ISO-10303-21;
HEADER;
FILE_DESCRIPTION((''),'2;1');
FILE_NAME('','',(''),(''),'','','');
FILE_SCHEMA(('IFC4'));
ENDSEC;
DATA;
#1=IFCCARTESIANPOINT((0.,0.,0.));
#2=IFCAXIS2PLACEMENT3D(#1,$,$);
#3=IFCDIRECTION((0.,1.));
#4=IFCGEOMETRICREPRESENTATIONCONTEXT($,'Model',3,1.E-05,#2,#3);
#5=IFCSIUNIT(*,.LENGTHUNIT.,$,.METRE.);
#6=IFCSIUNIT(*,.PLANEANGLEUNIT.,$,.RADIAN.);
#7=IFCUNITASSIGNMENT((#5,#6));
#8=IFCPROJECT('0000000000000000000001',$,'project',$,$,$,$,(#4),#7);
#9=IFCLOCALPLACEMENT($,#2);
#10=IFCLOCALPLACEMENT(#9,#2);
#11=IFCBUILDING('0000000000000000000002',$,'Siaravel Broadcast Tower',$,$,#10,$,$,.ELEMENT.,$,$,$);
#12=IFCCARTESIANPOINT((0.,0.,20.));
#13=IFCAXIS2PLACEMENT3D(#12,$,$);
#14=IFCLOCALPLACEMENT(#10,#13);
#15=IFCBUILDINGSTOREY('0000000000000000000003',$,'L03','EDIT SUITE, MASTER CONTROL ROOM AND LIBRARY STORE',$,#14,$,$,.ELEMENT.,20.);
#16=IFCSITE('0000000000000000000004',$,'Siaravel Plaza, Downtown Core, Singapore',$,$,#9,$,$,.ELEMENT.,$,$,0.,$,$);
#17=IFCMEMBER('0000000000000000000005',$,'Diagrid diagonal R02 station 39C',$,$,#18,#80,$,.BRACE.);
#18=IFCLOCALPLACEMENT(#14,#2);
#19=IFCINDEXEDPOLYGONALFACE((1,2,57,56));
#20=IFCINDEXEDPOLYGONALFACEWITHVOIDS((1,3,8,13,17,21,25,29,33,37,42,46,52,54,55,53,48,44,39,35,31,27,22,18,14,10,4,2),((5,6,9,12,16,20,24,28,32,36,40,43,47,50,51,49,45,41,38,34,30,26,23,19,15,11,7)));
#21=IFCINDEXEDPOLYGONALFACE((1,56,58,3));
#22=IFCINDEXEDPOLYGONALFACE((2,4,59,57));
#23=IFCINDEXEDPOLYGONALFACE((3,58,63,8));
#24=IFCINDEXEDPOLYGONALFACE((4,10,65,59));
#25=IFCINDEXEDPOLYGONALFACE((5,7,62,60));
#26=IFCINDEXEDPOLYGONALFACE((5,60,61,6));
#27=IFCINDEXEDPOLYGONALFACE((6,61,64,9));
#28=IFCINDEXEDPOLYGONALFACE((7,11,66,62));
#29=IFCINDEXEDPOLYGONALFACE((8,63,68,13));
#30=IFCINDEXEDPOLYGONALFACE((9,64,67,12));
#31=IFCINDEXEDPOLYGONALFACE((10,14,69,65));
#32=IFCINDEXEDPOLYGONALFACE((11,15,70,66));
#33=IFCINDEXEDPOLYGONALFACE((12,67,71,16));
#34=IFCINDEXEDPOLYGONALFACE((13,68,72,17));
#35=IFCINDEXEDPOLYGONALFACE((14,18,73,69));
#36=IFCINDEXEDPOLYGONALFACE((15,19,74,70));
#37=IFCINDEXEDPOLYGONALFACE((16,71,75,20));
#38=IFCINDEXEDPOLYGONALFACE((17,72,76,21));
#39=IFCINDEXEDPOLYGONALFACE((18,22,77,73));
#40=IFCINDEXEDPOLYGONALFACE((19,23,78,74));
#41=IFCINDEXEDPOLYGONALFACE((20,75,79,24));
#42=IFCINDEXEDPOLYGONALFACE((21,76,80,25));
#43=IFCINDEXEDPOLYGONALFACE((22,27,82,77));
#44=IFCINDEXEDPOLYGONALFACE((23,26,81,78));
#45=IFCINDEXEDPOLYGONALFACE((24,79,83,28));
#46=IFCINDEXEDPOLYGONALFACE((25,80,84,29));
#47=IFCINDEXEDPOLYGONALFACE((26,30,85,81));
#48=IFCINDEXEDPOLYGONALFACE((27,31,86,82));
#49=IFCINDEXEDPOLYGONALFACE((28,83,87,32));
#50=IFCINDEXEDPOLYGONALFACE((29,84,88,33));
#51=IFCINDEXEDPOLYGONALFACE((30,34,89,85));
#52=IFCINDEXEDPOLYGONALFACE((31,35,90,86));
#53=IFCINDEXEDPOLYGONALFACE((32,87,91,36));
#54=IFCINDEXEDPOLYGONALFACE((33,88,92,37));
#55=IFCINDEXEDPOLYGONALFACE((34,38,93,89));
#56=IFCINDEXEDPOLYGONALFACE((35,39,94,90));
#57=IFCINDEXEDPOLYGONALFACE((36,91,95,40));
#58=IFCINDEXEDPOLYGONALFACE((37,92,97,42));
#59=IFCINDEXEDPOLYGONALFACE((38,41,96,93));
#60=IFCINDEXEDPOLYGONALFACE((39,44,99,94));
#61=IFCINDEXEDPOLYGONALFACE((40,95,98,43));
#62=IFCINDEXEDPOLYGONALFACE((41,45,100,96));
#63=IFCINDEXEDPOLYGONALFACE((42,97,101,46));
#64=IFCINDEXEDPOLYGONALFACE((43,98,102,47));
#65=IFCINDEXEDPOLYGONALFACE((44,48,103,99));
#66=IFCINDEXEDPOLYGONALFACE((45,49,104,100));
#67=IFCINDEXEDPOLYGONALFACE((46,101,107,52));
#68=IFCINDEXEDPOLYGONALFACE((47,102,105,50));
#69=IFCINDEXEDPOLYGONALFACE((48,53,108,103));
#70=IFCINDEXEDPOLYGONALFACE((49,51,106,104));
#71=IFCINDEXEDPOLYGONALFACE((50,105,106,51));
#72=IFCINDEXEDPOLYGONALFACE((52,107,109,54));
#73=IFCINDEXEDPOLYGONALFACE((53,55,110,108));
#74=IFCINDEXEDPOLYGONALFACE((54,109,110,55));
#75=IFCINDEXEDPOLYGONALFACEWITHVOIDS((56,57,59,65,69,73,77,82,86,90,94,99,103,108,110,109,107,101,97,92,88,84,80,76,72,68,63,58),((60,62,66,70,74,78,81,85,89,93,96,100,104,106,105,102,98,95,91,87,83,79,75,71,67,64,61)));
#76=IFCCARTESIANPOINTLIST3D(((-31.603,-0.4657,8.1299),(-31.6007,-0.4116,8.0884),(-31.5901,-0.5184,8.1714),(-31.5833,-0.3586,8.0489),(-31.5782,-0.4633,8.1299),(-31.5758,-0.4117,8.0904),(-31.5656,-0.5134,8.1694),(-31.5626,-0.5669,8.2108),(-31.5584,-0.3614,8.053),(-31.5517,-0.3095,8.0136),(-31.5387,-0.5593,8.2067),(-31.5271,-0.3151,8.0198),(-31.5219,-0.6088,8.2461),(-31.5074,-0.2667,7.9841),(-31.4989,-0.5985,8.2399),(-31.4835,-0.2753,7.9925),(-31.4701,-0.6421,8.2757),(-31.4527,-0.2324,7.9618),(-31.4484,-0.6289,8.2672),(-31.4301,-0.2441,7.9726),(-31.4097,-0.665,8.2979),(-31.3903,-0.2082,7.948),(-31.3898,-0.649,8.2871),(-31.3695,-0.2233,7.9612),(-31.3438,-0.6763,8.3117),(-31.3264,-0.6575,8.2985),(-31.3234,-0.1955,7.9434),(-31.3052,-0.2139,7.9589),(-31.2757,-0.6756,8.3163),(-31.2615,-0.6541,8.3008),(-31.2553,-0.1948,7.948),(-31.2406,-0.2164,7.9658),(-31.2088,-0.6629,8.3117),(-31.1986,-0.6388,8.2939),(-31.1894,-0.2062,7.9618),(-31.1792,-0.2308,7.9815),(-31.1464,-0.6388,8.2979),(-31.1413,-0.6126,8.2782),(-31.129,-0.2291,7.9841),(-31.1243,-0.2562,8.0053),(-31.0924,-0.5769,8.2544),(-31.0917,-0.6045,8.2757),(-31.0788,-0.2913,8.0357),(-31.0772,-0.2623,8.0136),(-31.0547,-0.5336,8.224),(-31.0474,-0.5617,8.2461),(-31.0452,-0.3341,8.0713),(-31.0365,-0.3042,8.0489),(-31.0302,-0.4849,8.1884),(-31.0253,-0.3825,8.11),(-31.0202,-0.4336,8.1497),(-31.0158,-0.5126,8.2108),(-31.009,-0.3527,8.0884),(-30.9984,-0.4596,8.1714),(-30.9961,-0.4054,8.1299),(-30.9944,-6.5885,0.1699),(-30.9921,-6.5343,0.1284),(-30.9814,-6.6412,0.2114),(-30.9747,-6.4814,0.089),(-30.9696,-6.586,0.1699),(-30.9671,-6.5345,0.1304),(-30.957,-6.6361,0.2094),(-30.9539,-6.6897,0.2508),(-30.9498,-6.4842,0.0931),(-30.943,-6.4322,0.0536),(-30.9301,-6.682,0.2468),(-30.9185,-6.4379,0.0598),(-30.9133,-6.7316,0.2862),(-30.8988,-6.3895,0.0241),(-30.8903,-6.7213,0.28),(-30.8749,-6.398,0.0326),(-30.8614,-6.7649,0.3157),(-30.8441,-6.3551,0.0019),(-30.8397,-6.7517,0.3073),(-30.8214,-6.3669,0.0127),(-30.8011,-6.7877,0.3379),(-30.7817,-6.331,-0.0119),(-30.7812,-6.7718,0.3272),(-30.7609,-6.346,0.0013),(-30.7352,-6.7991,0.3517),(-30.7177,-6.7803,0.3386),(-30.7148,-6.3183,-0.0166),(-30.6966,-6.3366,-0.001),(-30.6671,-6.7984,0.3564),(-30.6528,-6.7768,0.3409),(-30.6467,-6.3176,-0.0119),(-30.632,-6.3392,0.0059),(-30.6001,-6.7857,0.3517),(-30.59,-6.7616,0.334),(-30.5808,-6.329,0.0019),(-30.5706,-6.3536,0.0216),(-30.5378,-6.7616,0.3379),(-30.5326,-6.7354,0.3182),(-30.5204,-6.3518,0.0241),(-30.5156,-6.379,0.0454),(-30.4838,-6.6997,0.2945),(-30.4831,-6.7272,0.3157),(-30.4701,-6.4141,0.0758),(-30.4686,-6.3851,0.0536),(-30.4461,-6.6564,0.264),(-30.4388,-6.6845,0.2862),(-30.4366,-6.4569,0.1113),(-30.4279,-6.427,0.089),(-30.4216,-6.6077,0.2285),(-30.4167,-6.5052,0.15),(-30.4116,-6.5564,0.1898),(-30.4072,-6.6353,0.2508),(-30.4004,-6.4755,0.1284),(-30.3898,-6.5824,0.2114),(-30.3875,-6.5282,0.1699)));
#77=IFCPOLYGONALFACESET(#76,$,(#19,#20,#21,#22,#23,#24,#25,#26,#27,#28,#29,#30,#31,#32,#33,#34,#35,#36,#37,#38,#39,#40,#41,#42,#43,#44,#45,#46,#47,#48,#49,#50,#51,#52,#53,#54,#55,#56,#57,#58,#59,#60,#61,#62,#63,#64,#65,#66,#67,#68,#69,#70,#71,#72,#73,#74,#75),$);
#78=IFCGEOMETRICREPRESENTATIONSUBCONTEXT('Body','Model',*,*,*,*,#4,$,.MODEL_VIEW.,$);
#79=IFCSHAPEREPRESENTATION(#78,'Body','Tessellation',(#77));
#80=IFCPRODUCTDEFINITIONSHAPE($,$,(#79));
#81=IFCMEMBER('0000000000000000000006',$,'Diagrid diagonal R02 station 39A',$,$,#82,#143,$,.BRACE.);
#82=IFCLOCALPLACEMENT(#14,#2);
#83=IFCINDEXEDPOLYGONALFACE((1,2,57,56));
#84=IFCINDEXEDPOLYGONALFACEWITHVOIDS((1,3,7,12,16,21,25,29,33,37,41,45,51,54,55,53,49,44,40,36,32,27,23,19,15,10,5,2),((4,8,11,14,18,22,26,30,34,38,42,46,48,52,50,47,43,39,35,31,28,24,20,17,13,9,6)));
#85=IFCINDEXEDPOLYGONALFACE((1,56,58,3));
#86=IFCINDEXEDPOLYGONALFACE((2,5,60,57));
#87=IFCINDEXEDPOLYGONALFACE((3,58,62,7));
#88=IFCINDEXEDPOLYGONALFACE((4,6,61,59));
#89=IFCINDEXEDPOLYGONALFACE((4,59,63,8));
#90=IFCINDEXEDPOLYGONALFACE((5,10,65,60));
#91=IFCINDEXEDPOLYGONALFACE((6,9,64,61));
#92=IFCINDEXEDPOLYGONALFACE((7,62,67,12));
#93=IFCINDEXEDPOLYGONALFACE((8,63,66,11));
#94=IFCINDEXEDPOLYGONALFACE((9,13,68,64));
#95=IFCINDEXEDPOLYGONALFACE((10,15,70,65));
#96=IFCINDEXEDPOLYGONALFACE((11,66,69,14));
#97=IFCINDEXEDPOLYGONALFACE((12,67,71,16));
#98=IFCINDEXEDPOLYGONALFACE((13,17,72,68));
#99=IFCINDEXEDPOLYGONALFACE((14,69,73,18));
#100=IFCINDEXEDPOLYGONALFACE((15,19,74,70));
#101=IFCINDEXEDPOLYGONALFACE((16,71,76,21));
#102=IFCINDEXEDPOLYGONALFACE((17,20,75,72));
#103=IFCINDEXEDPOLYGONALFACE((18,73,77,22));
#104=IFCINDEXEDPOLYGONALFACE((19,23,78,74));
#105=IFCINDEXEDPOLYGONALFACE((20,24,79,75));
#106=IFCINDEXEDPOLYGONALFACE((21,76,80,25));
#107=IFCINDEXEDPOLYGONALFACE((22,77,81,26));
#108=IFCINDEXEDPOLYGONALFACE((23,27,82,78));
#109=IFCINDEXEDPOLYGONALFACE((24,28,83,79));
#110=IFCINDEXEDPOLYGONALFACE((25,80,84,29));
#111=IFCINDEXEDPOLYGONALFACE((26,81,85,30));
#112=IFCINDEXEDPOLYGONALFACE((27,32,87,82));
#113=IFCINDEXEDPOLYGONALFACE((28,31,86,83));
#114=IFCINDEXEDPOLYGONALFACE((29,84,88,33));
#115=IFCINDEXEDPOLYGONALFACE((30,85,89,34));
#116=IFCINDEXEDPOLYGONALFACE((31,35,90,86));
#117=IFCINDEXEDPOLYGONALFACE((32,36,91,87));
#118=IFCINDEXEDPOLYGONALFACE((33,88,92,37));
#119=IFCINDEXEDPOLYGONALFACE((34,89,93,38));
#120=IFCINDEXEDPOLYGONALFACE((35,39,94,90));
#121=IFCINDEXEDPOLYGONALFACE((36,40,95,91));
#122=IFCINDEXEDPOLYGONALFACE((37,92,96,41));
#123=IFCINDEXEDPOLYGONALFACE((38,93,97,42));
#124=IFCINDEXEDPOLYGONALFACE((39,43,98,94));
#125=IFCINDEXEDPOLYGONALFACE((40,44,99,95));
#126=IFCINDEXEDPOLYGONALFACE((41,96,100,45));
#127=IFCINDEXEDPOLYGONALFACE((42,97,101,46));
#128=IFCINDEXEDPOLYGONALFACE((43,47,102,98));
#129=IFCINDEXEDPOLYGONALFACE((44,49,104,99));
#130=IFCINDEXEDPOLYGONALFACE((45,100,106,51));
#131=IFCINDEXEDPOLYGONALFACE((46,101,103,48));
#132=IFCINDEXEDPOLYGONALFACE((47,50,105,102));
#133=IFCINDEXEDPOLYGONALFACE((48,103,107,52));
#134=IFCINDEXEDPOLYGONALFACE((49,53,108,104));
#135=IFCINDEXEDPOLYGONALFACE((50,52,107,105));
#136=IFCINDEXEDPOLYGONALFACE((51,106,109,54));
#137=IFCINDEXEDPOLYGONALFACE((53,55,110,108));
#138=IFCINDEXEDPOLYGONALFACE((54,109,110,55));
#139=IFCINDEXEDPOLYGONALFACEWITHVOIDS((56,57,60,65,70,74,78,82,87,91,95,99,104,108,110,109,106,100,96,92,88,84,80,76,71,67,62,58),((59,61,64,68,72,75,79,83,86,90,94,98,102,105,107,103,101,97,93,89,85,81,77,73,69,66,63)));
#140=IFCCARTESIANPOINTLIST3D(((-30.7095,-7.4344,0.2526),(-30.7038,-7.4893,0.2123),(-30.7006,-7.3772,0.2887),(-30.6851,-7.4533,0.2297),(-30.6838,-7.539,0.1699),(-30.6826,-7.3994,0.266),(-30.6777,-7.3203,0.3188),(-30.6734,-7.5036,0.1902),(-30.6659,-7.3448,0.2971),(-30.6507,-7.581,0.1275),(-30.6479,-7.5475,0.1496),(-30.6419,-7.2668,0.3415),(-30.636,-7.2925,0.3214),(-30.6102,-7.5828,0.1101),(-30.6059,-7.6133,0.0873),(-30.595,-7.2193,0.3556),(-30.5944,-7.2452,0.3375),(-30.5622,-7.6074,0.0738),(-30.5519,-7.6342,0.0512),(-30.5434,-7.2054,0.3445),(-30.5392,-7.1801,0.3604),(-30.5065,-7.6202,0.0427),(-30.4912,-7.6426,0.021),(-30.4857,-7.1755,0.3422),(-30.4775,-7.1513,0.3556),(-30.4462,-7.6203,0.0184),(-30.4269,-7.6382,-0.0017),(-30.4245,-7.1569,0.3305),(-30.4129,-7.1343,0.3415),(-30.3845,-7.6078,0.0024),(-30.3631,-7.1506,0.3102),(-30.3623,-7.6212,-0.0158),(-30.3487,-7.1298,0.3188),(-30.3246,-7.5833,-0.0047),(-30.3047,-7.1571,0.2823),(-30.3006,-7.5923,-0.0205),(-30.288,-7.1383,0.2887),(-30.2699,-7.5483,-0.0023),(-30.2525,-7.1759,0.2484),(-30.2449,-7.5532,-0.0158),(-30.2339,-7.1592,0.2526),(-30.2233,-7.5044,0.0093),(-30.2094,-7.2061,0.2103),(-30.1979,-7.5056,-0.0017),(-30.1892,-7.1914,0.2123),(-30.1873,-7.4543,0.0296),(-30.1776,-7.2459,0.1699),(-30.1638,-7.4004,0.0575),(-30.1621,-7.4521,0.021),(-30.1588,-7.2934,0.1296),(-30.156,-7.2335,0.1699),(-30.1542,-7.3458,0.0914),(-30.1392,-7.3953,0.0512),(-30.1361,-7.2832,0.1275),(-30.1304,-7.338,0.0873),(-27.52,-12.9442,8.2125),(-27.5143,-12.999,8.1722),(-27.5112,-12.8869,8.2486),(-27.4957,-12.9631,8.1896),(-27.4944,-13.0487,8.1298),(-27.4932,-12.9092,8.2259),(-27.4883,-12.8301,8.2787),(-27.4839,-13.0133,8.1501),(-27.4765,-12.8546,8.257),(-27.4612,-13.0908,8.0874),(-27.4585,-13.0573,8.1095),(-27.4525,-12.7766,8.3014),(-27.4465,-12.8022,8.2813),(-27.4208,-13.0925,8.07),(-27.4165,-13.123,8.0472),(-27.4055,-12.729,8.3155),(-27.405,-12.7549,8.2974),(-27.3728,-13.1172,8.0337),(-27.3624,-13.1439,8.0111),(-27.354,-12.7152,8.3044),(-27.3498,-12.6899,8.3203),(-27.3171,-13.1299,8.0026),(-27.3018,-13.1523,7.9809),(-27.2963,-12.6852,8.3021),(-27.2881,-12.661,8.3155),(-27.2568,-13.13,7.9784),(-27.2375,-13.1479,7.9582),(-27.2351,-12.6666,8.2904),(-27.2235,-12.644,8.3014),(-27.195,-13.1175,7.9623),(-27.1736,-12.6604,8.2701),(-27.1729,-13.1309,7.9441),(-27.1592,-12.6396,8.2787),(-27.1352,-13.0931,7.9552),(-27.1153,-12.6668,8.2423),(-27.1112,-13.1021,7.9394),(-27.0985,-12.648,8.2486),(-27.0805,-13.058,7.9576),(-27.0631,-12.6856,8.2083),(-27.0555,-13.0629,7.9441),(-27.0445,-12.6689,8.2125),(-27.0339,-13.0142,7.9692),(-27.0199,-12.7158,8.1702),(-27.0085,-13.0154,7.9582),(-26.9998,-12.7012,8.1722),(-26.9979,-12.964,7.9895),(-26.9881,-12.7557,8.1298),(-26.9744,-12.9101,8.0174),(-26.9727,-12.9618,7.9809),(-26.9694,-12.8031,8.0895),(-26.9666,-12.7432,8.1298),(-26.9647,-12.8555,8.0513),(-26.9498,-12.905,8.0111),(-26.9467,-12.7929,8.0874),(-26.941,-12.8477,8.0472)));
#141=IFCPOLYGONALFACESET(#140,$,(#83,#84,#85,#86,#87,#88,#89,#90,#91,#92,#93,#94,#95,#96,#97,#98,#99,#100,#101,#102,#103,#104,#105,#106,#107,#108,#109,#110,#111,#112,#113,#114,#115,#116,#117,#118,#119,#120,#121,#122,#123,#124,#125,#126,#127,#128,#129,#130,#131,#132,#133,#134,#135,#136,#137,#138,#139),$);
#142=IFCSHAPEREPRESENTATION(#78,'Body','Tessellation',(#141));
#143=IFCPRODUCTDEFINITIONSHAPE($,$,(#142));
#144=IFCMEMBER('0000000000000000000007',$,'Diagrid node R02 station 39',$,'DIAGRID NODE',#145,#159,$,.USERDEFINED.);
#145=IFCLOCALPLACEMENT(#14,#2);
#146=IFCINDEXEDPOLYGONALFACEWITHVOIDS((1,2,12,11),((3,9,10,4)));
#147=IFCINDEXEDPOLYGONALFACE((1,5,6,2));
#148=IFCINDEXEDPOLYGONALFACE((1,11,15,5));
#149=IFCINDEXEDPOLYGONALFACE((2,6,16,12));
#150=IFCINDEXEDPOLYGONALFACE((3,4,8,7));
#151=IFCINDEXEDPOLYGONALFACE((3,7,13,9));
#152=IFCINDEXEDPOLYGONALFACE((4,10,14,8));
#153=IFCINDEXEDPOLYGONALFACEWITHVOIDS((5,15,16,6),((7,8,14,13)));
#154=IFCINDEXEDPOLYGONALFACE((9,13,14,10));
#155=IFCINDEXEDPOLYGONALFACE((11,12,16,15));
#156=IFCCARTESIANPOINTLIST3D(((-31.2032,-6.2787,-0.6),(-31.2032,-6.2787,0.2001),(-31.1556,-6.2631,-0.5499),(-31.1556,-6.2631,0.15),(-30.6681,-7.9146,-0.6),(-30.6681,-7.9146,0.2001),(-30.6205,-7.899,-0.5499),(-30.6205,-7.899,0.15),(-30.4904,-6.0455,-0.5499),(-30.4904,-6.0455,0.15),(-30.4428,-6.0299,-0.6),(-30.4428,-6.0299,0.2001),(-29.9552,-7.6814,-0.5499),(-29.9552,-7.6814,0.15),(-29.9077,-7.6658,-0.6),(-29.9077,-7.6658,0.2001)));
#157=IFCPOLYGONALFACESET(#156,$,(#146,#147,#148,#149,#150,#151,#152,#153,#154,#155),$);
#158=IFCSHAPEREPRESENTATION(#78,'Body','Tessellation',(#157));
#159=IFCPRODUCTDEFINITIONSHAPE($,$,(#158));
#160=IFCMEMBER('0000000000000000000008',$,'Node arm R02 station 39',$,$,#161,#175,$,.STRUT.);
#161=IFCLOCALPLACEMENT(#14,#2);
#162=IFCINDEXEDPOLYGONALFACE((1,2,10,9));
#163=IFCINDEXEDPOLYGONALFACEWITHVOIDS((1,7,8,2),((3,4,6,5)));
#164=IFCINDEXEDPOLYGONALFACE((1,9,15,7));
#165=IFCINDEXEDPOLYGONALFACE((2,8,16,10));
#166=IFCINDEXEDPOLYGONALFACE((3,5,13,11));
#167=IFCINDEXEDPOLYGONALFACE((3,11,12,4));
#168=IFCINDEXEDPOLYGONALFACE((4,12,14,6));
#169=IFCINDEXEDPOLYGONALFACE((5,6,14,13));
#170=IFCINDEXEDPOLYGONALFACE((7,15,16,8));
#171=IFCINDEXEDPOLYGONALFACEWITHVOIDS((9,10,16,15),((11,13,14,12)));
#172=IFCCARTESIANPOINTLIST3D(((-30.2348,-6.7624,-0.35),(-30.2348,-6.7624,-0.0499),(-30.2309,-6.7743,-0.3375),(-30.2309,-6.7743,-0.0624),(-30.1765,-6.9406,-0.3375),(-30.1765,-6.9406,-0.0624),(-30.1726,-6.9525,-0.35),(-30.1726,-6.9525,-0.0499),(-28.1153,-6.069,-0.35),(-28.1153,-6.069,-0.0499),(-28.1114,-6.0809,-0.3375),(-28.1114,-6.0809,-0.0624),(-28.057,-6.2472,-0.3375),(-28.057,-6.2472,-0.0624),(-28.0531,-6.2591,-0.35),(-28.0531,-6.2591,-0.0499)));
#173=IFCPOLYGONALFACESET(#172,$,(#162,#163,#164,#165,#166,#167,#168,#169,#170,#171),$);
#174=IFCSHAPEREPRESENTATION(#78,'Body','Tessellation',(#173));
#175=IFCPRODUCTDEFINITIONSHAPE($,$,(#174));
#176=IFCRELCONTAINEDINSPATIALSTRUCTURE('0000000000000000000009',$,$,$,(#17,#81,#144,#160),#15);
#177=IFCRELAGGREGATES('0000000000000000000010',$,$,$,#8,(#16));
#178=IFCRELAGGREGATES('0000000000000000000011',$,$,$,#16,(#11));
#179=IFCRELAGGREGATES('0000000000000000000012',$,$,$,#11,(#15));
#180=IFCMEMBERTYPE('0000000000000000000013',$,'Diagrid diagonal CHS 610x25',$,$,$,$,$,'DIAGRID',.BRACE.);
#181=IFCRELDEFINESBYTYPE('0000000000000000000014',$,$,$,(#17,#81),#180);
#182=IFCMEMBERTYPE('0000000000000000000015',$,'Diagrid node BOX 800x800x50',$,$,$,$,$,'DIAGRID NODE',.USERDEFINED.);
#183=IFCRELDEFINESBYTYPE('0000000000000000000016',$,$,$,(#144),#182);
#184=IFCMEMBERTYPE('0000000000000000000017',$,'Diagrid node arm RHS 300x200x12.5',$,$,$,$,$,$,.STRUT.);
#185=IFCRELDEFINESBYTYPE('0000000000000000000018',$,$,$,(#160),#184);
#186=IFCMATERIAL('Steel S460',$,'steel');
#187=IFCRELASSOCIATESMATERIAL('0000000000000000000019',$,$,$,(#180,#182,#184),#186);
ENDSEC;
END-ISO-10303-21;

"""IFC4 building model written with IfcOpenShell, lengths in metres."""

from ifc_helpers import new_model, si_unit, direction, frame, origin, origin_2d, place, context, subcontext, project, spatial, hollow_rectangle, hollow_circle, extrude, material, material_profile, profile_set, type_object, element, save


model = new_model("IFC4")

# Units and contexts
model_context = context("Model", 3, precision=1e-05, world=origin(), true_north=direction((0.0, 1.0)))
body_context = subcontext(model_context, "Body", "Model", "MODEL_VIEW")
ifc_project = project(units=[si_unit("LENGTHUNIT", "METRE"), si_unit("PLANEANGLEUNIT", "RADIAN")], contexts=[model_context])

# Site, building, storey
site_placement = place(None, origin())
site = spatial("IfcSite", under=ifc_project, at=site_placement, Name="Siaravel Plaza, Downtown Core, Singapore", CompositionType="ELEMENT", RefElevation=0.0)
building_placement = place(site_placement, origin())
building = spatial("IfcBuilding", under=site, at=building_placement, Name="Siaravel Broadcast Tower", CompositionType="ELEMENT")
storey_placement = place(building_placement, frame((0.0, 0.0, 20.0)))
storey = spatial("IfcBuildingStorey", under=building, at=storey_placement, Name="L03", Description="EDIT SUITE, MASTER CONTROL ROOM AND LIBRARY STORE", CompositionType="ELEMENT", Elevation=20.0)

# Members
ifc_material_1 = material(Name="Steel S460", Category="steel")
ifc_material_profile_1 = material_profile(ifc_material_1, hollow_circle(Radius=0.3049, WallThickness=0.0249, at=origin_2d()))
ifc_profile_set_1 = profile_set([ifc_material_profile_1], Name="Steel S460")
member_type_1 = type_object("IfcMemberType", Name="Diagrid diagonal CHS 610x25", ElementType="DIAGRID", PredefinedType="BRACE", material=ifc_profile_set_1)
member_1_placement = place(storey_placement, frame((-30.6909, -6.5583, 0.1699), z_axis=(-0.060496, 0.608579, 0.791184), x_axis=(-0.995096, -0.098918, 0.0)))
element("IfcMember", 1, at=member_1_placement, inside=storey, type_object=member_type_1, Name="Diagrid diagonal R02 station 39C", PredefinedType="BRACE", context=body_context, shape_type="SweptSolid", body=[
    extrude(hollow_circle(Radius=0.3049, WallThickness=0.0249, at=origin_2d()), origin(), (0.0, 0.0, 1.0), 10.0608),
])
member_2_placement = place(storey_placement, frame((-30.4199, -7.3862, 0.1699), z_axis=(0.312915, -0.54056, 0.780947), x_axis=(0.865454, 0.500988, 0.0)))
element("IfcMember", 2, at=member_2_placement, inside=storey, type_object=member_type_1, Name="Diagrid diagonal R02 station 39A", PredefinedType="BRACE", context=body_context, shape_type="SweptSolid", body=[
    extrude(hollow_circle(Radius=0.3049, WallThickness=0.0249, at=origin_2d()), origin(), (0.0, 0.0, 1.0), 10.1926),
])
ifc_material_profile_2 = material_profile(ifc_material_1, hollow_rectangle(XDim=0.8, YDim=0.8, WallThickness=0.05, at=origin_2d()))
ifc_profile_set_2 = profile_set([ifc_material_profile_2], Name="Steel S460")
member_type_2 = type_object("IfcMemberType", Name="Diagrid node BOX 800x800x50", ElementType="DIAGRID NODE", PredefinedType="USERDEFINED", material=ifc_profile_set_2)
member_3_placement = place(storey_placement, frame((-30.823, -6.1543, -0.2), z_axis=(0.310904, -0.950441, 0.0), x_axis=(0.950441, 0.310904, 0.0)))
element("IfcMember", 3, at=member_3_placement, inside=storey, type_object=member_type_2, Name="Diagrid node R02 station 39", ObjectType="DIAGRID NODE", PredefinedType="USERDEFINED", context=body_context, shape_type="SweptSolid", body=[
    extrude(hollow_rectangle(XDim=0.8, YDim=0.8, WallThickness=0.05, at=origin_2d()), origin(), (0.0, 0.0, 1.0), 1.7212),
])
ifc_material_profile_3 = material_profile(ifc_material_1, hollow_rectangle(XDim=0.2, YDim=0.3, WallThickness=0.0125, at=origin_2d()))
ifc_profile_set_3 = profile_set([ifc_material_profile_3], Name="Steel S460")
member_type_3 = type_object("IfcMemberType", Name="Diagrid node arm RHS 300x200x12.5", PredefinedType="STRUT", material=ifc_profile_set_3)
member_4_placement = place(storey_placement, frame((-28.0842, -6.1641, -0.2), z_axis=(-0.950431, -0.310935, 0.0), x_axis=(0.310935, -0.950431, 0.0)))
element("IfcMember", 4, at=member_4_placement, inside=storey, type_object=member_type_3, Name="Node arm R02 station 39", PredefinedType="STRUT", context=body_context, shape_type="SweptSolid", body=[
    extrude(hollow_rectangle(XDim=0.2, YDim=0.3, WallThickness=0.0125, at=origin_2d()), origin(), (0.0, 0.0, 1.0), 2.23),
])

save(model, "model.ifc")
